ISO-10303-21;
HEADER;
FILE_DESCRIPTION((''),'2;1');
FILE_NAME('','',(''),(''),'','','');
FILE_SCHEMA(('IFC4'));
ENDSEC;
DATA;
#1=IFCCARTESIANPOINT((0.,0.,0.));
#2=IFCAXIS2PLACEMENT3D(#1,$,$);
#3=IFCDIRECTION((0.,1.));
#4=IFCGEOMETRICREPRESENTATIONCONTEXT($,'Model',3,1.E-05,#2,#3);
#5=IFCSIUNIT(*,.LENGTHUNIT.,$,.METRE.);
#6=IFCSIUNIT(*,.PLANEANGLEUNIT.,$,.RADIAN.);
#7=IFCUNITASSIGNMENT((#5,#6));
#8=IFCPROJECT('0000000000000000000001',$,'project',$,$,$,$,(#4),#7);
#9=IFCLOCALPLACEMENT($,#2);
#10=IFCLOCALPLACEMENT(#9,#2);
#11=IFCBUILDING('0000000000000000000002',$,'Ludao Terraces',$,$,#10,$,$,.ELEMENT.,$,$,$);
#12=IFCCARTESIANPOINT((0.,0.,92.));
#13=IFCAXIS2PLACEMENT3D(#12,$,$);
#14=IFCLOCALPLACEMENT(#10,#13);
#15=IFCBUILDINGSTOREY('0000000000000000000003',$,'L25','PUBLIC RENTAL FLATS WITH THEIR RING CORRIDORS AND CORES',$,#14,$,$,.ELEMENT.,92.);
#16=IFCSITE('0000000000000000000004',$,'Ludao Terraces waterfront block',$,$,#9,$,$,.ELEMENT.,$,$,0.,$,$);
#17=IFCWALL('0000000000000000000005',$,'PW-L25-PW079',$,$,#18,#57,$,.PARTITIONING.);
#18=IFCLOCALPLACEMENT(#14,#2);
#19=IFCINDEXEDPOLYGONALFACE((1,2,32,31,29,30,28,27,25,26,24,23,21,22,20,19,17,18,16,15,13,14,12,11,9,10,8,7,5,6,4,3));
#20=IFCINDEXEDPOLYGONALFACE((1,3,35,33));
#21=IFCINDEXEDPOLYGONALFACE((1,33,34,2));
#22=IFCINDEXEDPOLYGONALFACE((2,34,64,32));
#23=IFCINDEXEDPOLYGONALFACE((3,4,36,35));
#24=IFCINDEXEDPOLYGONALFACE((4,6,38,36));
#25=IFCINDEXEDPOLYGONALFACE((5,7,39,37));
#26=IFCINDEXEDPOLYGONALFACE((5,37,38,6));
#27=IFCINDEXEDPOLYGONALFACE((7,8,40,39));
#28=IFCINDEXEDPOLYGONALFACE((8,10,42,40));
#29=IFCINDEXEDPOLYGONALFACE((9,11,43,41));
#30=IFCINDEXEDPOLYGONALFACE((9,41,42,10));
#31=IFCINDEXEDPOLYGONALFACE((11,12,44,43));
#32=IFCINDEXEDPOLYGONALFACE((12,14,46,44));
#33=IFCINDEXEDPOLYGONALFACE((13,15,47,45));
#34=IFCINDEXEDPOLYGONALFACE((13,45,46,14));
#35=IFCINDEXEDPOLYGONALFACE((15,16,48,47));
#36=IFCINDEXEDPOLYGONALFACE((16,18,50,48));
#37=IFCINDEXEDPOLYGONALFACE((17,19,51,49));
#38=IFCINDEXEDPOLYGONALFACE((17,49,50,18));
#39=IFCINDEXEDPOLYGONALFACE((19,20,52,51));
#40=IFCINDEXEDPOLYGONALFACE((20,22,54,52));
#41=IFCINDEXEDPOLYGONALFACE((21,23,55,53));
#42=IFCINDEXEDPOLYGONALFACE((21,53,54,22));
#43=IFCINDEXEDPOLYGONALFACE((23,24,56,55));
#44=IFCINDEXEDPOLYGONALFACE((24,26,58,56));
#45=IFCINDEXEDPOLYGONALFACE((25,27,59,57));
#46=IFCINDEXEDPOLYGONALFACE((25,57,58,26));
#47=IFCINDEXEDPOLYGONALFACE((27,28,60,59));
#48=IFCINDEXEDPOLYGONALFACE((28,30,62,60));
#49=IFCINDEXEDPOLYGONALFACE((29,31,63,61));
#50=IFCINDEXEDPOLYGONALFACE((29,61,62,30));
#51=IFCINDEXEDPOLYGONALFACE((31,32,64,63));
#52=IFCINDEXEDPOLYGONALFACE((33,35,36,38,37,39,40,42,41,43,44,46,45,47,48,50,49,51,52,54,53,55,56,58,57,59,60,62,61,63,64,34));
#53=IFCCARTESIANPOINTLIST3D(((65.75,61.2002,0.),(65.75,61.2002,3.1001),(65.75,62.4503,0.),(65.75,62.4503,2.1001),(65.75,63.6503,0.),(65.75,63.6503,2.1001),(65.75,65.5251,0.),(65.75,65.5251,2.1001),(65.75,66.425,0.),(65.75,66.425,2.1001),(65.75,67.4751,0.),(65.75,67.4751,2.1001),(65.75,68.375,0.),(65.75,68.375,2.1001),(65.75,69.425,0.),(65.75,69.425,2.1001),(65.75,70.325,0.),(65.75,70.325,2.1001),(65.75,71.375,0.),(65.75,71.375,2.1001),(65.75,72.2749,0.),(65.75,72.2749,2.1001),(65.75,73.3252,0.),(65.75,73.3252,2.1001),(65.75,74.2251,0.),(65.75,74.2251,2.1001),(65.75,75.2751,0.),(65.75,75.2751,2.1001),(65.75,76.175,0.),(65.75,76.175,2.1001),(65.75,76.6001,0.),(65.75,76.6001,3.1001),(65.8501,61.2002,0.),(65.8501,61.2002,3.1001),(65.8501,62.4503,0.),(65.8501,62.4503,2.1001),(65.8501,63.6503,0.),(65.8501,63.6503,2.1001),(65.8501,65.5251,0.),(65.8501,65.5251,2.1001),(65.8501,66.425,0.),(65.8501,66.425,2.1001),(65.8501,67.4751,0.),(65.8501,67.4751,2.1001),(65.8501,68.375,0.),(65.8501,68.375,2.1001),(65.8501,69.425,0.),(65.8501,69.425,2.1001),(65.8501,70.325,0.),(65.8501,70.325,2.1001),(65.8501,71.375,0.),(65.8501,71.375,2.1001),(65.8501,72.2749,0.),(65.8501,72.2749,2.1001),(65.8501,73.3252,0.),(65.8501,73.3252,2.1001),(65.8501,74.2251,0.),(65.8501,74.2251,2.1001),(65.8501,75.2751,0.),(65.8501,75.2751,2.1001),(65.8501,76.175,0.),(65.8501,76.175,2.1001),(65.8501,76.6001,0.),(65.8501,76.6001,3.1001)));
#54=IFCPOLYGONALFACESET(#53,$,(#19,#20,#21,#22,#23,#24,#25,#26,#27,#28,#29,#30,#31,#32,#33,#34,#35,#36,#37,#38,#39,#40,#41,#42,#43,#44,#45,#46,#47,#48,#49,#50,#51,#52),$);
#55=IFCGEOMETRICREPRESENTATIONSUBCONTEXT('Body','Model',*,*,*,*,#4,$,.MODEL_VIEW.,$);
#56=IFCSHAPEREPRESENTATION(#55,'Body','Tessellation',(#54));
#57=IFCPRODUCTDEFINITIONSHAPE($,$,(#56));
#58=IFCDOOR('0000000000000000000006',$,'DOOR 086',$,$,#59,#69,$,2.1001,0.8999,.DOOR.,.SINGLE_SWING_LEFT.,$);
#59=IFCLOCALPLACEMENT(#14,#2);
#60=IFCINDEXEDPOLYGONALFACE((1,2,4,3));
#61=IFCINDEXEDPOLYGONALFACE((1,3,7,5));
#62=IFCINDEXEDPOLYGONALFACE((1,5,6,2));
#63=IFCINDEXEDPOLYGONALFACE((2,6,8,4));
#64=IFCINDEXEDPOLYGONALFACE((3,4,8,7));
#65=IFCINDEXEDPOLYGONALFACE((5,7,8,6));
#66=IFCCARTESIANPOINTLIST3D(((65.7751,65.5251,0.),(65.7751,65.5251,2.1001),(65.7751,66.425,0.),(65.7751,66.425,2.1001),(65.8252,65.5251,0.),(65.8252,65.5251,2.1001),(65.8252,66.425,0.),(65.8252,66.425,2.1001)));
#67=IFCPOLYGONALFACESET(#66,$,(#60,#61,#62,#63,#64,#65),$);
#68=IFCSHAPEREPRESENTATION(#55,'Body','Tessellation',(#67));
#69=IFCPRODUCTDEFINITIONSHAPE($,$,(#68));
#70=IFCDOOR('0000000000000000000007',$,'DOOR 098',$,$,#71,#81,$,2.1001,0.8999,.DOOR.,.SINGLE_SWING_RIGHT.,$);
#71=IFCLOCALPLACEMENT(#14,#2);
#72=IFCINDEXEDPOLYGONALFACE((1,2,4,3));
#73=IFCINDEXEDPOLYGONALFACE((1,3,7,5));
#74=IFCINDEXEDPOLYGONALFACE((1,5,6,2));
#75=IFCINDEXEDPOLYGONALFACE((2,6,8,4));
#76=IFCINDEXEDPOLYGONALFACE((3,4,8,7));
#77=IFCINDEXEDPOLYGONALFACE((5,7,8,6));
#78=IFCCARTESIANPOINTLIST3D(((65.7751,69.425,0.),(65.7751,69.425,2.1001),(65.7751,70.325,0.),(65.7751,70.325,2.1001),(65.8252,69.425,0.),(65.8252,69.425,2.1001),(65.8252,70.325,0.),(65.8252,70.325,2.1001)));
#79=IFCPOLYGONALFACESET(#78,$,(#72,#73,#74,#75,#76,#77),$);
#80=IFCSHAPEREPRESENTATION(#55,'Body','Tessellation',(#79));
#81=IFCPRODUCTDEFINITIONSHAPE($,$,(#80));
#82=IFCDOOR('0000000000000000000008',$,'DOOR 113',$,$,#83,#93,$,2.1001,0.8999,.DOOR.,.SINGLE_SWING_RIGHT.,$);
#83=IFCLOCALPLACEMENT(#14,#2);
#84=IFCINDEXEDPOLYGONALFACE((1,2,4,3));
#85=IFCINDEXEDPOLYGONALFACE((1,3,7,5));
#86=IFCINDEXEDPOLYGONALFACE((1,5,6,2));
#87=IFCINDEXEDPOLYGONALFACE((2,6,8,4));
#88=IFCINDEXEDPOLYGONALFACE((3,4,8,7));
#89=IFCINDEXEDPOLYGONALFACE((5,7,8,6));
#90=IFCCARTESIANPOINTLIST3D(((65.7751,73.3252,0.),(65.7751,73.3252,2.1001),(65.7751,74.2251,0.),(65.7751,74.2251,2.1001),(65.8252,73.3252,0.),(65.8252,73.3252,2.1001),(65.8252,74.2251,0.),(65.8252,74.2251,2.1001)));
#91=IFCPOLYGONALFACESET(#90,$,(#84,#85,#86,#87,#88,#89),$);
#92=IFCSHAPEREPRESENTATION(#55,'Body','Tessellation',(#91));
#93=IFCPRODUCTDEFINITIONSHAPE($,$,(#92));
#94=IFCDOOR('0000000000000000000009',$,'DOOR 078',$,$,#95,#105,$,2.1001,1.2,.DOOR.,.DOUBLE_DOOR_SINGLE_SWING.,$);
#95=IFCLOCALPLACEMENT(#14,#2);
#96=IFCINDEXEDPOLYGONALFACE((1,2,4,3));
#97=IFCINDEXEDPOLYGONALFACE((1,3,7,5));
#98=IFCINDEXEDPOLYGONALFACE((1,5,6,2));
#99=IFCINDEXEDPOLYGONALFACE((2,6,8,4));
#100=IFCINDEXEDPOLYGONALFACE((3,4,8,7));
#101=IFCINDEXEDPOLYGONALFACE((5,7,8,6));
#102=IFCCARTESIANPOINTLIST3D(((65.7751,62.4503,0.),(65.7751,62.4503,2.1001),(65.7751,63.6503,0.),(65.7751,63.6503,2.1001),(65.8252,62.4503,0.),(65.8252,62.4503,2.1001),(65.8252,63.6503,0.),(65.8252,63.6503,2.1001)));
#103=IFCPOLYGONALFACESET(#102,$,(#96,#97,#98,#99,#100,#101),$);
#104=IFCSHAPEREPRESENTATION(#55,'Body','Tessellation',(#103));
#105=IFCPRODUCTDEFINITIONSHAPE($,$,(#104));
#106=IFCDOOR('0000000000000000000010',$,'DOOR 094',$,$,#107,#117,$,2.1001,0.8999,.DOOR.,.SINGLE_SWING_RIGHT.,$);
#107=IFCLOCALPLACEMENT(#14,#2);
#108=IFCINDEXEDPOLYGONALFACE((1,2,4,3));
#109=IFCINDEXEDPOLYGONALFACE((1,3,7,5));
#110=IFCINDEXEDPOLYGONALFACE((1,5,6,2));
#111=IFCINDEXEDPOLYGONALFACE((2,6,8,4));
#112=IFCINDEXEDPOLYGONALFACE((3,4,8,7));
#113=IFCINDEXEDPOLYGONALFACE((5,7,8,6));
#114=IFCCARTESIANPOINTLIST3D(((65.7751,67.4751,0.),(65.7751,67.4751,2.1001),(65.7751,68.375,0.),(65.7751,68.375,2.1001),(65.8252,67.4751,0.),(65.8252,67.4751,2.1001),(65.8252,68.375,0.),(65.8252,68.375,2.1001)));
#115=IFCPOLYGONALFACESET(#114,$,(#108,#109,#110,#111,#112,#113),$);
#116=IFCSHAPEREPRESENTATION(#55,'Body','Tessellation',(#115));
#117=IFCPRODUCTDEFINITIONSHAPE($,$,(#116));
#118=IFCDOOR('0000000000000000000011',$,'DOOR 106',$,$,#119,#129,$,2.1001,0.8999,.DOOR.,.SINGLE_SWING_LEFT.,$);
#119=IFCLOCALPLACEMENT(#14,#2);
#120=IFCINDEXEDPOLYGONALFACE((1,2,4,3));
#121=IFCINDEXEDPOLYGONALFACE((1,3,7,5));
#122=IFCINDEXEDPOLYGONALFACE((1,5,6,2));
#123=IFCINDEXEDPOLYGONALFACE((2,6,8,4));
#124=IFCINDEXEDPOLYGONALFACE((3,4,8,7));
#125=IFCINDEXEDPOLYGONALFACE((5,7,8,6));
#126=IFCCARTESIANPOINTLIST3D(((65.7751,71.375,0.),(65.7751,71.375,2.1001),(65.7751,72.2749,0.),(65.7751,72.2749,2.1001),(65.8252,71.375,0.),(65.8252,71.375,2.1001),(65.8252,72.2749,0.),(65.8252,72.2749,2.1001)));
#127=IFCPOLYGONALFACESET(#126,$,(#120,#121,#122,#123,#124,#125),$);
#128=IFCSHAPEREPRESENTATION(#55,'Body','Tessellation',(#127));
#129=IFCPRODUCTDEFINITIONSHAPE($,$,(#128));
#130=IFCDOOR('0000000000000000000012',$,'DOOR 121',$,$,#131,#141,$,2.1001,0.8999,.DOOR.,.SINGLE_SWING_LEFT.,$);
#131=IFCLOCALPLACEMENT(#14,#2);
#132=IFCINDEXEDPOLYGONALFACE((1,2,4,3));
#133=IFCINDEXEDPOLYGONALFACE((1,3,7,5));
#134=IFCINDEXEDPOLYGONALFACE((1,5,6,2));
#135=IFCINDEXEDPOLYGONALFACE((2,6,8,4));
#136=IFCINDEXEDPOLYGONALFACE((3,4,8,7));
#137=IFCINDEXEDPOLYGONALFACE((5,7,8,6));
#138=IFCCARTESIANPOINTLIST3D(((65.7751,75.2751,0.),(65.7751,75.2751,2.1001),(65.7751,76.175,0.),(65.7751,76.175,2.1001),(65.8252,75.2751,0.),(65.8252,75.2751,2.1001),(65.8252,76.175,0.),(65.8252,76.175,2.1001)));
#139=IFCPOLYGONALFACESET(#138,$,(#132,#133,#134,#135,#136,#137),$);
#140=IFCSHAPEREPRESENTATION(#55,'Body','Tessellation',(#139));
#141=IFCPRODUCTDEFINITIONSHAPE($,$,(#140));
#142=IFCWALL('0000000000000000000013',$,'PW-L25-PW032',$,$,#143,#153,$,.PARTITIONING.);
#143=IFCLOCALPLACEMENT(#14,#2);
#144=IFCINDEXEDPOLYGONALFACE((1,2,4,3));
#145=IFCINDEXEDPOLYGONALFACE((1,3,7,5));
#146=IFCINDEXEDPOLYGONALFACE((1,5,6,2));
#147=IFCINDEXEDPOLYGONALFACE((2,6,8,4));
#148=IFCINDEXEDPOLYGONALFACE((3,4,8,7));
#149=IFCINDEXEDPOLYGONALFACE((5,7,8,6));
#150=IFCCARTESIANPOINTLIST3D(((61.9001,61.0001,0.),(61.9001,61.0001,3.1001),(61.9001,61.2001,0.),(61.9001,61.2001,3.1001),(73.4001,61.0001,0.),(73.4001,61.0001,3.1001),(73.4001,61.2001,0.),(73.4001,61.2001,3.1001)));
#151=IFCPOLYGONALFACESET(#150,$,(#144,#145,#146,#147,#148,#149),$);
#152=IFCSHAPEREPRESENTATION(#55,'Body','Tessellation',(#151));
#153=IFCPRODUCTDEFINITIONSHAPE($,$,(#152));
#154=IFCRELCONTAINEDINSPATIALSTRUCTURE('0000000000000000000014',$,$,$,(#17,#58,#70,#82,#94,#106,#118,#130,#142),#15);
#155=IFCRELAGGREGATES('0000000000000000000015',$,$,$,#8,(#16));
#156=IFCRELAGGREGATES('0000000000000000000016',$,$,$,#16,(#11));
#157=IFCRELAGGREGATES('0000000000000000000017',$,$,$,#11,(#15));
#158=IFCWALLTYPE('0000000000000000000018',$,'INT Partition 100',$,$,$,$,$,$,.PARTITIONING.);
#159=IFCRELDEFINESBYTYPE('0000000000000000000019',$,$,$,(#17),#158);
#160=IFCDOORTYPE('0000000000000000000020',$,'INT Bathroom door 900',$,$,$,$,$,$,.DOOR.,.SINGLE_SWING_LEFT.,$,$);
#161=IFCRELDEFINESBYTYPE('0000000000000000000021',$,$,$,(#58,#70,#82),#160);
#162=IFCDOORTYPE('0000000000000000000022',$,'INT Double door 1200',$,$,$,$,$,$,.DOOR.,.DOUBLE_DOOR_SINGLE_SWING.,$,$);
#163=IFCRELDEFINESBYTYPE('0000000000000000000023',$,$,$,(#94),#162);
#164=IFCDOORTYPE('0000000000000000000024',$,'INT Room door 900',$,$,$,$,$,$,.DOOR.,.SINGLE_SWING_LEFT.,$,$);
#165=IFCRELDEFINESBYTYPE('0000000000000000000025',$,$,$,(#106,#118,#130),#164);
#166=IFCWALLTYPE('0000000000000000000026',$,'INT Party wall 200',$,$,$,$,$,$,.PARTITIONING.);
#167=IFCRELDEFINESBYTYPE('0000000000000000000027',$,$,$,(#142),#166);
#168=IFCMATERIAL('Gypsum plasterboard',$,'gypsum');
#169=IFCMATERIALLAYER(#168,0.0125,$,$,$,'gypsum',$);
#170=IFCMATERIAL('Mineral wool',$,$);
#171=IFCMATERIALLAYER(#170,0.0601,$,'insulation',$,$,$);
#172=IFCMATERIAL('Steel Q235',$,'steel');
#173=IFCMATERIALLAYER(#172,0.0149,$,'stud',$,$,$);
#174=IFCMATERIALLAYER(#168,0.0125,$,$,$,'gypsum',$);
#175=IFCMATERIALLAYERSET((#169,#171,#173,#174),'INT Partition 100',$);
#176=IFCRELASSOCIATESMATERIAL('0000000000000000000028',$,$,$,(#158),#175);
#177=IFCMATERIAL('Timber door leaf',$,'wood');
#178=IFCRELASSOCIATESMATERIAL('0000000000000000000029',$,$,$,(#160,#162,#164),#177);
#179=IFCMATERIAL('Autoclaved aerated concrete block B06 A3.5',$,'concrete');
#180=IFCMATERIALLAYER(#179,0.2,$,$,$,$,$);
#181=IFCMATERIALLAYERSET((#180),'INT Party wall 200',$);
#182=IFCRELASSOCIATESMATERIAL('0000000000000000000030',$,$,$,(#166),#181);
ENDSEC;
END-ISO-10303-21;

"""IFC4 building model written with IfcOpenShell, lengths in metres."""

from ifc_helpers import new_model, si_unit, direction, frame, frame_2d, origin, place, context, subcontext, project, spatial, rectangle, extrude, material, layer, layer_set, type_object, element, fill, save


model = new_model("IFC4")

# Units and contexts
model_context = context("Model", 3, precision=1e-05, world=origin(), true_north=direction((0.0, 1.0)))
body_context = subcontext(model_context, "Body", "Model", "MODEL_VIEW")
ifc_project = project(units=[si_unit("LENGTHUNIT", "METRE"), si_unit("PLANEANGLEUNIT", "RADIAN")], contexts=[model_context])

# Site, building, storey
site_placement = place(None, origin())
site = spatial("IfcSite", under=ifc_project, at=site_placement, Name="Ludao Terraces waterfront block", CompositionType="ELEMENT", RefElevation=0.0)
building_placement = place(site_placement, origin())
building = spatial("IfcBuilding", under=site, at=building_placement, Name="Ludao Terraces", CompositionType="ELEMENT")
storey_placement = place(building_placement, frame((0.0, 0.0, 92.0)))
storey = spatial("IfcBuildingStorey", under=building, at=storey_placement, Name="L25", Description="PUBLIC RENTAL FLATS WITH THEIR RING CORRIDORS AND CORES", CompositionType="ELEMENT", Elevation=92.0)

# Shared definitions
ifc_material_1 = material(Name="Mineral wool")

# Shared definitions
ifc_material_2 = material(Name="Gypsum plasterboard", Category="gypsum")
ifc_layer_1 = layer(ifc_material_2, 0.0125, Category="gypsum")
ifc_layer_2 = layer(ifc_material_1, 0.0601, Name="insulation")
ifc_material_3 = material(Name="Steel Q235", Category="steel")
ifc_layer_3 = layer(ifc_material_3, 0.0149, Name="stud")
ifc_layer_4 = layer(ifc_material_2, 0.0125, Category="gypsum")
ifc_layer_set_1 = layer_set([ifc_layer_1, ifc_layer_2, ifc_layer_3, ifc_layer_4], Name="INT Partition 100")
wall_type_1 = type_object("IfcWallType", Name="INT Partition 100", PredefinedType="PARTITIONING", material=ifc_layer_set_1)

# Wall, openings, doors
wall_1_placement = place(storey_placement, frame((65.8, 61.2002, 0.0), z_axis=(0.0, 0.0, 1.0), x_axis=(0.0, 1.0, 0.0)))
wall_1 = element("IfcWall", 1, at=wall_1_placement, inside=storey, type_object=wall_type_1, Name="PW-L25-PW079", PredefinedType="PARTITIONING", context=body_context, shape_type="SweptSolid", body=[
    extrude(rectangle(XDim=15.3999, YDim=0.1001, at=frame_2d((7.7, 0.0))), origin(), (0.0, 0.0, 1.0), 3.1001),
])
opening_1_placement = place(wall_1_placement, frame((1.25, 0.0, 0.0)))
opening_1 = element("IfcOpeningElement", 2, at=opening_1_placement, cuts=wall_1, PredefinedType="OPENING", context=body_context, shape_type="SweptSolid", body=[
    extrude(rectangle(XDim=1.2, YDim=2.1001, at=frame_2d((0.6001, 1.05))), frame((0.0, 0.0601, 0.0), z_axis=(0.0, -1.0, 0.0), x_axis=(1.0, 0.0, 0.0)), (0.0, 0.0, 1.0), 0.1201),
])
opening_2_placement = place(wall_1_placement, frame((4.325, 0.0, 0.0)))
opening_2 = element("IfcOpeningElement", 3, at=opening_2_placement, cuts=wall_1, PredefinedType="OPENING", context=body_context, shape_type="SweptSolid", body=[
    extrude(rectangle(XDim=0.8999, YDim=2.1001, at=frame_2d((0.45, 1.05))), frame((0.0, 0.0601, 0.0), z_axis=(0.0, -1.0, 0.0), x_axis=(1.0, 0.0, 0.0)), (0.0, 0.0, 1.0), 0.1201),
])
opening_3_placement = place(wall_1_placement, frame((6.2749, 0.0, 0.0)))
opening_3 = element("IfcOpeningElement", 4, at=opening_3_placement, cuts=wall_1, PredefinedType="OPENING", context=body_context, shape_type="SweptSolid", body=[
    extrude(rectangle(XDim=0.8999, YDim=2.1001, at=frame_2d((0.45, 1.05))), frame((0.0, 0.0601, 0.0), z_axis=(0.0, -1.0, 0.0), x_axis=(1.0, 0.0, 0.0)), (0.0, 0.0, 1.0), 0.1201),
])
opening_4_placement = place(wall_1_placement, frame((8.2249, 0.0, 0.0)))
opening_4 = element("IfcOpeningElement", 5, at=opening_4_placement, cuts=wall_1, PredefinedType="OPENING", context=body_context, shape_type="SweptSolid", body=[
    extrude(rectangle(XDim=0.8999, YDim=2.1001, at=frame_2d((0.45, 1.05))), frame((0.0, 0.0601, 0.0), z_axis=(0.0, -1.0, 0.0), x_axis=(1.0, 0.0, 0.0)), (0.0, 0.0, 1.0), 0.1201),
])
opening_5_placement = place(wall_1_placement, frame((10.1748, 0.0, 0.0)))
opening_5 = element("IfcOpeningElement", 6, at=opening_5_placement, cuts=wall_1, PredefinedType="OPENING", context=body_context, shape_type="SweptSolid", body=[
    extrude(rectangle(XDim=0.8999, YDim=2.1001, at=frame_2d((0.45, 1.05))), frame((0.0, 0.0601, 0.0), z_axis=(0.0, -1.0, 0.0), x_axis=(1.0, 0.0, 0.0)), (0.0, 0.0, 1.0), 0.1201),
])
opening_6_placement = place(wall_1_placement, frame((12.125, 0.0, 0.0)))
opening_6 = element("IfcOpeningElement", 7, at=opening_6_placement, cuts=wall_1, PredefinedType="OPENING", context=body_context, shape_type="SweptSolid", body=[
    extrude(rectangle(XDim=0.8999, YDim=2.1001, at=frame_2d((0.45, 1.05))), frame((0.0, 0.0601, 0.0), z_axis=(0.0, -1.0, 0.0), x_axis=(1.0, 0.0, 0.0)), (0.0, 0.0, 1.0), 0.1201),
])
opening_7_placement = place(wall_1_placement, frame((14.075, 0.0, 0.0)))
opening_7 = element("IfcOpeningElement", 8, at=opening_7_placement, cuts=wall_1, PredefinedType="OPENING", context=body_context, shape_type="SweptSolid", body=[
    extrude(rectangle(XDim=0.8999, YDim=2.1001, at=frame_2d((0.45, 1.05))), frame((0.0, 0.0601, 0.0), z_axis=(0.0, -1.0, 0.0), x_axis=(1.0, 0.0, 0.0)), (0.0, 0.0, 1.0), 0.1201),
])
ifc_material_4 = material(Name="Timber door leaf", Category="wood")
door_type_1 = type_object("IfcDoorType", Name="INT Bathroom door 900", OperationType="SINGLE_SWING_LEFT", PredefinedType="DOOR", material=ifc_material_4)
door_1_placement = place(opening_2_placement, origin())
door_1 = element("IfcDoor", 9, at=door_1_placement, inside=storey, type_object=door_type_1, Name="DOOR 086", OperationType="SINGLE_SWING_LEFT", OverallHeight=2.1001, OverallWidth=0.8999, PredefinedType="DOOR", context=body_context, shape_type="SweptSolid", body=[
    extrude(rectangle(XDim=0.8999, YDim=2.1001, at=frame_2d((0.45, 1.05))), frame((0.0, 0.0249, 0.0), z_axis=(0.0, -1.0, 0.0), x_axis=(1.0, 0.0, 0.0)), (0.0, 0.0, 1.0), 0.05),
])
fill(opening_2, door_1)
door_2_placement = place(opening_4_placement, origin())
door_2 = element("IfcDoor", 10, at=door_2_placement, inside=storey, type_object=door_type_1, Name="DOOR 098", OperationType="SINGLE_SWING_RIGHT", OverallHeight=2.1001, OverallWidth=0.8999, PredefinedType="DOOR", context=body_context, shape_type="SweptSolid", body=[
    extrude(rectangle(XDim=0.8999, YDim=2.1001, at=frame_2d((0.45, 1.05))), frame((0.0, 0.0249, 0.0), z_axis=(0.0, -1.0, 0.0), x_axis=(1.0, 0.0, 0.0)), (0.0, 0.0, 1.0), 0.05),
])
fill(opening_4, door_2)
door_3_placement = place(opening_6_placement, origin())
door_3 = element("IfcDoor", 11, at=door_3_placement, inside=storey, type_object=door_type_1, Name="DOOR 113", OperationType="SINGLE_SWING_RIGHT", OverallHeight=2.1001, OverallWidth=0.8999, PredefinedType="DOOR", context=body_context, shape_type="SweptSolid", body=[
    extrude(rectangle(XDim=0.8999, YDim=2.1001, at=frame_2d((0.45, 1.05))), frame((0.0, 0.0249, 0.0), z_axis=(0.0, -1.0, 0.0), x_axis=(1.0, 0.0, 0.0)), (0.0, 0.0, 1.0), 0.05),
])
fill(opening_6, door_3)
door_type_2 = type_object("IfcDoorType", Name="INT Double door 1200", OperationType="DOUBLE_DOOR_SINGLE_SWING", PredefinedType="DOOR", material=ifc_material_4)
door_4_placement = place(opening_1_placement, origin())
door_4 = element("IfcDoor", 12, at=door_4_placement, inside=storey, type_object=door_type_2, Name="DOOR 078", OperationType="DOUBLE_DOOR_SINGLE_SWING", OverallHeight=2.1001, OverallWidth=1.2, PredefinedType="DOOR", context=body_context, shape_type="SweptSolid", body=[
    extrude(rectangle(XDim=1.2, YDim=2.1001, at=frame_2d((0.6001, 1.05))), frame((0.0, 0.0249, 0.0), z_axis=(0.0, -1.0, 0.0), x_axis=(1.0, 0.0, 0.0)), (0.0, 0.0, 1.0), 0.05),
])
fill(opening_1, door_4)
door_type_3 = type_object("IfcDoorType", Name="INT Room door 900", OperationType="SINGLE_SWING_LEFT", PredefinedType="DOOR", material=ifc_material_4)
door_5_placement = place(opening_3_placement, origin())
door_5 = element("IfcDoor", 13, at=door_5_placement, inside=storey, type_object=door_type_3, Name="DOOR 094", OperationType="SINGLE_SWING_RIGHT", OverallHeight=2.1001, OverallWidth=0.8999, PredefinedType="DOOR", context=body_context, shape_type="SweptSolid", body=[
    extrude(rectangle(XDim=0.8999, YDim=2.1001, at=frame_2d((0.45, 1.05))), frame((0.0, 0.0249, 0.0), z_axis=(0.0, -1.0, 0.0), x_axis=(1.0, 0.0, 0.0)), (0.0, 0.0, 1.0), 0.05),
])
fill(opening_3, door_5)
door_6_placement = place(opening_5_placement, origin())
door_6 = element("IfcDoor", 14, at=door_6_placement, inside=storey, type_object=door_type_3, Name="DOOR 106", OperationType="SINGLE_SWING_LEFT", OverallHeight=2.1001, OverallWidth=0.8999, PredefinedType="DOOR", context=body_context, shape_type="SweptSolid", body=[
    extrude(rectangle(XDim=0.8999, YDim=2.1001, at=frame_2d((0.45, 1.05))), frame((0.0, 0.0249, 0.0), z_axis=(0.0, -1.0, 0.0), x_axis=(1.0, 0.0, 0.0)), (0.0, 0.0, 1.0), 0.05),
])
fill(opening_5, door_6)
door_7_placement = place(opening_7_placement, origin())
door_7 = element("IfcDoor", 15, at=door_7_placement, inside=storey, type_object=door_type_3, Name="DOOR 121", OperationType="SINGLE_SWING_LEFT", OverallHeight=2.1001, OverallWidth=0.8999, PredefinedType="DOOR", context=body_context, shape_type="SweptSolid", body=[
    extrude(rectangle(XDim=0.8999, YDim=2.1001, at=frame_2d((0.45, 1.05))), frame((0.0, 0.0249, 0.0), z_axis=(0.0, -1.0, 0.0), x_axis=(1.0, 0.0, 0.0)), (0.0, 0.0, 1.0), 0.05),
])
fill(opening_7, door_7)

# Wall
ifc_material_5 = material(Name="Autoclaved aerated concrete block B06 A3.5", Category="concrete")
ifc_layer_5 = layer(ifc_material_5, 0.2)
ifc_layer_set_2 = layer_set([ifc_layer_5], Name="INT Party wall 200")
wall_type_2 = type_object("IfcWallType", Name="INT Party wall 200", PredefinedType="PARTITIONING", material=ifc_layer_set_2)
wall_2_placement = place(storey_placement, frame((61.9001, 61.1001, 0.0), z_axis=(0.0, 0.0, 1.0), x_axis=(1.0, 0.0, 0.0)))
element("IfcWall", 16, at=wall_2_placement, inside=storey, type_object=wall_type_2, Name="PW-L25-PW032", PredefinedType="PARTITIONING", context=body_context, shape_type="SweptSolid", body=[
    extrude(rectangle(XDim=11.5, YDim=0.2, at=frame_2d((5.75, 0.0))), origin(), (0.0, 0.0, 1.0), 3.1001),
])

save(model, "model.ifc")
